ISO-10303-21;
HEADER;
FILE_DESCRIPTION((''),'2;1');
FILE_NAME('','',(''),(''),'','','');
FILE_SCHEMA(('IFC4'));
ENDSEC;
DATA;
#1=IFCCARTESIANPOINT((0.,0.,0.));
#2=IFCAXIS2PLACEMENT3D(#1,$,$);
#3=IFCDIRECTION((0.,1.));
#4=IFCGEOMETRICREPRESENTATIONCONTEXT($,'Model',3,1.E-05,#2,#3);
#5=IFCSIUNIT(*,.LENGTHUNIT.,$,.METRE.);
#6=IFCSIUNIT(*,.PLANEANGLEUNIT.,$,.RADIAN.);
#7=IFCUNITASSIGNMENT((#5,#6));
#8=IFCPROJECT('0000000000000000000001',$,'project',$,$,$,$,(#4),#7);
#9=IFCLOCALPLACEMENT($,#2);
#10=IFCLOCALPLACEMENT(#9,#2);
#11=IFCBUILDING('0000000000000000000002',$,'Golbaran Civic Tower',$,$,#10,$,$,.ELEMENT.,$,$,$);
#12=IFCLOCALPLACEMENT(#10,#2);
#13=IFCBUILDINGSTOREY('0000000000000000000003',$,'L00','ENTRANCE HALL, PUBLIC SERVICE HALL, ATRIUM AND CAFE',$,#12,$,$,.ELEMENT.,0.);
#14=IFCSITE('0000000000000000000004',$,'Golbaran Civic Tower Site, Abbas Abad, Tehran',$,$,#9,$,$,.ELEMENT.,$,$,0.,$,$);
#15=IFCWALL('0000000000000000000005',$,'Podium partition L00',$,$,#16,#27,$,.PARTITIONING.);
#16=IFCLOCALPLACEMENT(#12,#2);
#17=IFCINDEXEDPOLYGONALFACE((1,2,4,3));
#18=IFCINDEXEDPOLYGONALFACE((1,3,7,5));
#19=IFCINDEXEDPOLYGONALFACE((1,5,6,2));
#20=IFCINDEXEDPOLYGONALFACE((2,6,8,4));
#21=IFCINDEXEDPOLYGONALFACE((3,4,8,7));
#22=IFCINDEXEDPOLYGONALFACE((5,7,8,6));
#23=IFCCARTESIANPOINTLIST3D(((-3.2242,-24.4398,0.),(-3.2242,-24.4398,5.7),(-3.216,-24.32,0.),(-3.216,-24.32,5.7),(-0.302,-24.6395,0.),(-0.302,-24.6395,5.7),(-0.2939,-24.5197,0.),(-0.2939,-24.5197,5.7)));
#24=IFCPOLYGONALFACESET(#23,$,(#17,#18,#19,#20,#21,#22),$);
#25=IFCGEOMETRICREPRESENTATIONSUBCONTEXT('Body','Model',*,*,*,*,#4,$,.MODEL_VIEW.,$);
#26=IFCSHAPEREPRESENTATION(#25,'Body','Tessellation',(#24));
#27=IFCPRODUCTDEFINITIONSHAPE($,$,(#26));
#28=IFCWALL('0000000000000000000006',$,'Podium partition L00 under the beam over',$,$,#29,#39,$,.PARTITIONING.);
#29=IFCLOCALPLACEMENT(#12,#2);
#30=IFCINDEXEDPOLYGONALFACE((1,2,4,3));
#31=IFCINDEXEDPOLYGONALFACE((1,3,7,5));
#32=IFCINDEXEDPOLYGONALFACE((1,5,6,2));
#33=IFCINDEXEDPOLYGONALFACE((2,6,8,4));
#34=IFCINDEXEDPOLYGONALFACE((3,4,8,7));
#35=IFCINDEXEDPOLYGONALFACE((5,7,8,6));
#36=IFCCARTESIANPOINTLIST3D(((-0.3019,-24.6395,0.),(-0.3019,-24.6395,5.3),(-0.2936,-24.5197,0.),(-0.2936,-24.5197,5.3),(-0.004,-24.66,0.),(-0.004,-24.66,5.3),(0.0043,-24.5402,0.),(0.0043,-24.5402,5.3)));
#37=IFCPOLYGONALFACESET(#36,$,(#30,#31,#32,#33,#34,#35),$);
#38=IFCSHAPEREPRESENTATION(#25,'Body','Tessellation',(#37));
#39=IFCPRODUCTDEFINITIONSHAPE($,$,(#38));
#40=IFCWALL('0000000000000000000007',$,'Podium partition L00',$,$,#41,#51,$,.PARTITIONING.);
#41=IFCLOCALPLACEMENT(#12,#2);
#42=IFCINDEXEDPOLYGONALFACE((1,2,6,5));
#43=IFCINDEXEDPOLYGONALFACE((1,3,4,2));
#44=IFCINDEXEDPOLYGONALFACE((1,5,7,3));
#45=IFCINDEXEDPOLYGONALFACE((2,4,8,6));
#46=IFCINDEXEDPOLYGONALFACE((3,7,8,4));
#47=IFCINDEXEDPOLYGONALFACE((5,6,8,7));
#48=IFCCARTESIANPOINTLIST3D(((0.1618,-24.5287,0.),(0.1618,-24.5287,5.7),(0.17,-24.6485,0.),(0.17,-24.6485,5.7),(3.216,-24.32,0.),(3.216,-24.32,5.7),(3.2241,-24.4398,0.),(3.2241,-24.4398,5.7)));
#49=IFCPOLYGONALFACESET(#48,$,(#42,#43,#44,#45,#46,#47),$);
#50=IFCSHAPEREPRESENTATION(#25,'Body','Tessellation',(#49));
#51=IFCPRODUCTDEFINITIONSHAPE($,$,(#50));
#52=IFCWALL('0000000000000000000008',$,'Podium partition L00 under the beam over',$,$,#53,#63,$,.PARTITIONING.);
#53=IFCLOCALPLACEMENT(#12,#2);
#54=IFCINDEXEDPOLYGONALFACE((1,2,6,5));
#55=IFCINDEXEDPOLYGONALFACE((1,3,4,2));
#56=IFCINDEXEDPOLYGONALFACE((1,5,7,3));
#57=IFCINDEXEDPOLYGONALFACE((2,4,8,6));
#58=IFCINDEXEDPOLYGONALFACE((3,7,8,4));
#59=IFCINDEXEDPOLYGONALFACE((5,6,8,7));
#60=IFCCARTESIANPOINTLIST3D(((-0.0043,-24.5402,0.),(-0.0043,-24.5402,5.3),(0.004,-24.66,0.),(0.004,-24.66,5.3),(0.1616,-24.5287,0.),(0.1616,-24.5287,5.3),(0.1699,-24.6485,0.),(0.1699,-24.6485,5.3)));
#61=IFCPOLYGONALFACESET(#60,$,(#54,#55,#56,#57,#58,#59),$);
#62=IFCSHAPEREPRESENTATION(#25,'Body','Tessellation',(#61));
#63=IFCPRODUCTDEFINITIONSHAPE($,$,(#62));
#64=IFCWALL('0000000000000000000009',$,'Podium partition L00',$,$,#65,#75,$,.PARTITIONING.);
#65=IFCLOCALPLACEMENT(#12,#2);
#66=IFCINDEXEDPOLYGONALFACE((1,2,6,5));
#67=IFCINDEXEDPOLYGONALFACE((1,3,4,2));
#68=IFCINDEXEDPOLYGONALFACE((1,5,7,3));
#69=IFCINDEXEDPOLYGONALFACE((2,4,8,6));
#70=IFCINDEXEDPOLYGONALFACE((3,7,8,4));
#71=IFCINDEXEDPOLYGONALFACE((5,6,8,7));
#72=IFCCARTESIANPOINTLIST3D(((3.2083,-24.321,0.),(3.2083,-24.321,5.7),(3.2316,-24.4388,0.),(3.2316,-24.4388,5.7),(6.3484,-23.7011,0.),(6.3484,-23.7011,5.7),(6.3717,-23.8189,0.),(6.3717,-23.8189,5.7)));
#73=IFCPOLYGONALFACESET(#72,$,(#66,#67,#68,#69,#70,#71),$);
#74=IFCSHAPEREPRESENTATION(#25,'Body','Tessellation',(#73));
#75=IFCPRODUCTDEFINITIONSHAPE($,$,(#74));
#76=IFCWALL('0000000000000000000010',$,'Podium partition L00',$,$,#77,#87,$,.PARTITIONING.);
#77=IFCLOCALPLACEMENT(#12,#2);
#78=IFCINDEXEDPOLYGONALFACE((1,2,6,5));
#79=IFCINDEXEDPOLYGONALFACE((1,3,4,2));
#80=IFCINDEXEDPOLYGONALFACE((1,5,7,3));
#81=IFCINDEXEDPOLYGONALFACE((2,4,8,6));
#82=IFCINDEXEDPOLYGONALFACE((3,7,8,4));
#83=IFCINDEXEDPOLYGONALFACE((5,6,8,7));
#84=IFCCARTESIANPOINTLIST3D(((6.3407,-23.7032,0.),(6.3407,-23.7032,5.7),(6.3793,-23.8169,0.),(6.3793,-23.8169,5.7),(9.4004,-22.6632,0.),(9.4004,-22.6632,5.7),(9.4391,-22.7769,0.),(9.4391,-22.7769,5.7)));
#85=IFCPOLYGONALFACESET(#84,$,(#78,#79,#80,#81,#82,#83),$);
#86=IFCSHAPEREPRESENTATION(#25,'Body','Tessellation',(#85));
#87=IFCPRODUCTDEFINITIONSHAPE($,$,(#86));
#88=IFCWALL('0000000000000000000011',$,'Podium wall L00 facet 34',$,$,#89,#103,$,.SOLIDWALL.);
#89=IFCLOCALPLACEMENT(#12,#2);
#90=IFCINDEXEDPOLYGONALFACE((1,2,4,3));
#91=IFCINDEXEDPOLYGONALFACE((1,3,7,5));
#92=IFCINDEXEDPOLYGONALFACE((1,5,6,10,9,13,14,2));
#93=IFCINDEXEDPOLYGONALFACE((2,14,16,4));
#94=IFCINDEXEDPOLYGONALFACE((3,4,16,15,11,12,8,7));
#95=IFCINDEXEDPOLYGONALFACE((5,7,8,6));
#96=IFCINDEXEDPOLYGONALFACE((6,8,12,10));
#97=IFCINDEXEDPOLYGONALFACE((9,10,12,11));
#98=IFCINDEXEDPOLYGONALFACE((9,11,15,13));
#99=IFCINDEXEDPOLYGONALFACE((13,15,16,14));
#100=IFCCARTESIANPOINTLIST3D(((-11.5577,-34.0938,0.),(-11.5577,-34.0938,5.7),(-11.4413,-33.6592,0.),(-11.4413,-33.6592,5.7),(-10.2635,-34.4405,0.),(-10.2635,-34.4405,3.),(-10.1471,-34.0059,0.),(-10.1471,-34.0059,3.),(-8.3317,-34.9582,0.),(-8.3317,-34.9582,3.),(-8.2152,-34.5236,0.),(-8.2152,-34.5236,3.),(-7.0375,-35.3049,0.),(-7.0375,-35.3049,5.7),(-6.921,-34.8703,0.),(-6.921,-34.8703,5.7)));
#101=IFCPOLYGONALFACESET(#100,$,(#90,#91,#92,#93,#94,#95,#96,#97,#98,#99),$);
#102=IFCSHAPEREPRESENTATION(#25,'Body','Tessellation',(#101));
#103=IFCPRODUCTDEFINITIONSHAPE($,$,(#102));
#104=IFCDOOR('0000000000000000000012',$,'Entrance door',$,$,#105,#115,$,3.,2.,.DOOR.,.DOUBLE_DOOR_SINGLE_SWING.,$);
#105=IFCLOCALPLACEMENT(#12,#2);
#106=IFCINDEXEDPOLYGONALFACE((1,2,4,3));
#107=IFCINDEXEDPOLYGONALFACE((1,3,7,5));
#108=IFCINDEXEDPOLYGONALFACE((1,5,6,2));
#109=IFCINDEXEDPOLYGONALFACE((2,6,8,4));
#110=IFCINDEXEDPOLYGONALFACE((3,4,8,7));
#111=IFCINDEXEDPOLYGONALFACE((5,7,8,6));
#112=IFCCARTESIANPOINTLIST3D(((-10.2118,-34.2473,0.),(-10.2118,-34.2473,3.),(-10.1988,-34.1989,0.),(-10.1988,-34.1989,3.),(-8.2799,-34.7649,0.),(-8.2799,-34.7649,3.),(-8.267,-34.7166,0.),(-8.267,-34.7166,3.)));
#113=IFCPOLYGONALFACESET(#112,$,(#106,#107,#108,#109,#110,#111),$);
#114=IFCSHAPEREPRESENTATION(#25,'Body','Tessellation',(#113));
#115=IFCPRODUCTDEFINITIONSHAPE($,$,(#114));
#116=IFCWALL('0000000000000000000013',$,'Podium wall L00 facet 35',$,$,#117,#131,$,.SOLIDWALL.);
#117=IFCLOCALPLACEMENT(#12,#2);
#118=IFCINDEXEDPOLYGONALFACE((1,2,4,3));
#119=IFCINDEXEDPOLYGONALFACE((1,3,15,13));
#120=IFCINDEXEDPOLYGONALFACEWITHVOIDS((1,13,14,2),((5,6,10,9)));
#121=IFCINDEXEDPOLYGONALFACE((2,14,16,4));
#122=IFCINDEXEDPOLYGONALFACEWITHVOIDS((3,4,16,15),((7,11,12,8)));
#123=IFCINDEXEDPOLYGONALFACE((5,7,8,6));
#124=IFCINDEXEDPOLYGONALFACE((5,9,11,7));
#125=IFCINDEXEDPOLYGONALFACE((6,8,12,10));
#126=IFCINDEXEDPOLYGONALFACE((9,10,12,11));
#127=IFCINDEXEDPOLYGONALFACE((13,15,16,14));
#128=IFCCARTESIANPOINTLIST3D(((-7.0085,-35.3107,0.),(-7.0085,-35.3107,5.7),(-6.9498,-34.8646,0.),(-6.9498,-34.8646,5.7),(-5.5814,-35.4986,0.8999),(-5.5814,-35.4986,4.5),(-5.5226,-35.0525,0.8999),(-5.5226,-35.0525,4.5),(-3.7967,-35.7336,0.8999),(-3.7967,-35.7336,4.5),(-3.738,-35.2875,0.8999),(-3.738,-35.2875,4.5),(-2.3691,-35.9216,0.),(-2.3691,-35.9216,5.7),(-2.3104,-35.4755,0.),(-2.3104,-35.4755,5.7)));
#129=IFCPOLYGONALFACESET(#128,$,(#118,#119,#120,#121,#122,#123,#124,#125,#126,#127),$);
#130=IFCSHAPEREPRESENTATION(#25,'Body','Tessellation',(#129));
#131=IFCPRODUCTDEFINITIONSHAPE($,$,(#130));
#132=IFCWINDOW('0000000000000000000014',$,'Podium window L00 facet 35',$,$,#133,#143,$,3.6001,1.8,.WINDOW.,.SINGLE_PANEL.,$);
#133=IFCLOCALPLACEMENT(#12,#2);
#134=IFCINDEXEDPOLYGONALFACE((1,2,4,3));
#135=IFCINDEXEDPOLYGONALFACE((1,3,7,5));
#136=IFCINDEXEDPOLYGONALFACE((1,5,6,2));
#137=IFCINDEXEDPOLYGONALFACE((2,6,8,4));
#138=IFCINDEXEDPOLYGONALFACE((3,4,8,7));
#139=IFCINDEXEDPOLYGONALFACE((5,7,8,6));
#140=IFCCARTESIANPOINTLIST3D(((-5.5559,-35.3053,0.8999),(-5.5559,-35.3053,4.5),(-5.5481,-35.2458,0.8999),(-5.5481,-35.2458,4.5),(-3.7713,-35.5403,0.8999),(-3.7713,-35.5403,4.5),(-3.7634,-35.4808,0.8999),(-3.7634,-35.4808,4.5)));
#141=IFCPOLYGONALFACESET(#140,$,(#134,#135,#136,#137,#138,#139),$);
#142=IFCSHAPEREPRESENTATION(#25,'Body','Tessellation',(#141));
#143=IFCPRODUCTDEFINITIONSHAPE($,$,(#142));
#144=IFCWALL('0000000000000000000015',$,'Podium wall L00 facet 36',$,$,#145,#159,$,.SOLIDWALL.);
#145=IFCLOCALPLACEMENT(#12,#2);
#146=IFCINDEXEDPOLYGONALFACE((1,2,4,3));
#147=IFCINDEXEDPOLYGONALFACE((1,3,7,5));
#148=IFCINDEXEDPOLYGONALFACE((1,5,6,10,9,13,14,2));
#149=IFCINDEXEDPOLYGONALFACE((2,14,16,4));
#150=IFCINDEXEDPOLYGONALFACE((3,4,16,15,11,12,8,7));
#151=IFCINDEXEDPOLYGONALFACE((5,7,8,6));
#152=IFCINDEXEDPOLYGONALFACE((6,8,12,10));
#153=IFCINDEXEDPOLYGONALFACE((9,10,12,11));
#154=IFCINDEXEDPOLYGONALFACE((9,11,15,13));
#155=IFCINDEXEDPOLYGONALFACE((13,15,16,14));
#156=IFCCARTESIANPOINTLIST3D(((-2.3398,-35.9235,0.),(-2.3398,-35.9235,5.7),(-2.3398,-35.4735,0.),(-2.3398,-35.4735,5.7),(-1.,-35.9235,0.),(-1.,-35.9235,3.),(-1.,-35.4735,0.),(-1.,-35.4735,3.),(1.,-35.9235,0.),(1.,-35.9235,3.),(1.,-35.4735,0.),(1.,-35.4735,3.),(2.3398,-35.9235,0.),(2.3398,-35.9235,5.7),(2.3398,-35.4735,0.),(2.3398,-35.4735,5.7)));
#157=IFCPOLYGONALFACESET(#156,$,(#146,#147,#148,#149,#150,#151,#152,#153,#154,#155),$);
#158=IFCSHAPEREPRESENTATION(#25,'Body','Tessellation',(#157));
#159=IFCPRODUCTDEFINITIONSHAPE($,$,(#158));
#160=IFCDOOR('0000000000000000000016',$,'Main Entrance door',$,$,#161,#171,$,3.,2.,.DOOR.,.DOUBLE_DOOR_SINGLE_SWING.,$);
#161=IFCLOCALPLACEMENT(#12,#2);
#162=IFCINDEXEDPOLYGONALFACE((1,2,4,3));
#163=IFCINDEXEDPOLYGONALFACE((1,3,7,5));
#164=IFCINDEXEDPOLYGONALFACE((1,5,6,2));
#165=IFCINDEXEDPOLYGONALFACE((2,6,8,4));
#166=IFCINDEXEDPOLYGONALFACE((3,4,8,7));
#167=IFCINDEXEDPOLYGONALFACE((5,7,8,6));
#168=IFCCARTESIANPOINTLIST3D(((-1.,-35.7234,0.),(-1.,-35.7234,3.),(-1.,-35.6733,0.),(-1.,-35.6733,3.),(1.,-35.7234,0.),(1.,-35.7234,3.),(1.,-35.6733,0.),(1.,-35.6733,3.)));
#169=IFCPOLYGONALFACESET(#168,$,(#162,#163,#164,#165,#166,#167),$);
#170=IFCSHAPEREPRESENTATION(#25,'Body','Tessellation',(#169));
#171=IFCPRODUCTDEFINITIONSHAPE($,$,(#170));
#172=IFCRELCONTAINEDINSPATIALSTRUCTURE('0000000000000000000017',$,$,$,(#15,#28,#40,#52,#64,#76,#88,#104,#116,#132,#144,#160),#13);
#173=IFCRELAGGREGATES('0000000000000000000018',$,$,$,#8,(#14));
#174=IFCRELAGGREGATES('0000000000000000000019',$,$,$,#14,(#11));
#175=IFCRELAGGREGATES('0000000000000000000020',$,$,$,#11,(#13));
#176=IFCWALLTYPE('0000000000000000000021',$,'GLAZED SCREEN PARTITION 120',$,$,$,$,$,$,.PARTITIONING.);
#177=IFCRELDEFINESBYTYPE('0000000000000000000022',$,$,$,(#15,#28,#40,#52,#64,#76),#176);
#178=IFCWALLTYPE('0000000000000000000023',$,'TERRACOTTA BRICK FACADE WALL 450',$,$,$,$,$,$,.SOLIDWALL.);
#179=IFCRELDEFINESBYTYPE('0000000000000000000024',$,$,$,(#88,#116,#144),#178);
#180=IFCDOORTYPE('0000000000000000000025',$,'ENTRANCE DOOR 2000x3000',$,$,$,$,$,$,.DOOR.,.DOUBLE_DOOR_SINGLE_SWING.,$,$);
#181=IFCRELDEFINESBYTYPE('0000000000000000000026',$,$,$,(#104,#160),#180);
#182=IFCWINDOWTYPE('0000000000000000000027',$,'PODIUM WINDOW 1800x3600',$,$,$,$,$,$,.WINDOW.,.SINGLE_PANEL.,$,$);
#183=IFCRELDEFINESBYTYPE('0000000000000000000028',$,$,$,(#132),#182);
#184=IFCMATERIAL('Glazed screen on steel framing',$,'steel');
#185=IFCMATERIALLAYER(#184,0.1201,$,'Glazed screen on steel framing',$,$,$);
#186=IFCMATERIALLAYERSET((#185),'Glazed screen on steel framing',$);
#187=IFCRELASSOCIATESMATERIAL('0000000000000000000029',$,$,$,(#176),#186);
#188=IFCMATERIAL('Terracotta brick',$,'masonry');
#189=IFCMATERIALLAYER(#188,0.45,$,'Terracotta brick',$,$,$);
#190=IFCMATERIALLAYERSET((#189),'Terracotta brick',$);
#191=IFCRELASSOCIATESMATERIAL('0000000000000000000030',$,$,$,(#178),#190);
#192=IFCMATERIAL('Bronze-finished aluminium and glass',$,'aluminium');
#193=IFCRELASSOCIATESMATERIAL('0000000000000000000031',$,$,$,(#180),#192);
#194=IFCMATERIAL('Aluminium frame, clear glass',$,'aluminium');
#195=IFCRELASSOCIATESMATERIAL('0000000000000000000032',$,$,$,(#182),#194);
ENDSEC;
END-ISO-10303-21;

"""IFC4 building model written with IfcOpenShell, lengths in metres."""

from ifc_helpers import new_model, si_unit, direction, frame, frame_2d, origin, place, context, subcontext, project, spatial, rectangle, extrude, material, layer, layer_set, type_object, element, fill, save


model = new_model("IFC4")

# Units and contexts
model_context = context("Model", 3, precision=1e-05, world=origin(), true_north=direction((0.0, 1.0)))
body_context = subcontext(model_context, "Body", "Model", "MODEL_VIEW")
ifc_project = project(units=[si_unit("LENGTHUNIT", "METRE"), si_unit("PLANEANGLEUNIT", "RADIAN")], contexts=[model_context])

# Site, building, storey
site_placement = place(None, origin())
site = spatial("IfcSite", under=ifc_project, at=site_placement, Name="Golbaran Civic Tower Site, Abbas Abad, Tehran", CompositionType="ELEMENT", RefElevation=0.0)
building_placement = place(site_placement, origin())
building = spatial("IfcBuilding", under=site, at=building_placement, Name="Golbaran Civic Tower", CompositionType="ELEMENT")
storey_placement = place(building_placement, origin())
storey = spatial("IfcBuildingStorey", under=building, at=storey_placement, Name="L00", Description="ENTRANCE HALL, PUBLIC SERVICE HALL, ATRIUM AND CAFE", CompositionType="ELEMENT", Elevation=0.0)

# Shared definitions
ifc_material_1 = material(Name="Glazed screen on steel framing", Category="steel")
ifc_layer_1 = layer(ifc_material_1, 0.1201, Name="Glazed screen on steel framing")
ifc_layer_set_1 = layer_set([ifc_layer_1], Name="Glazed screen on steel framing")
wall_type_1 = type_object("IfcWallType", Name="GLAZED SCREEN PARTITION 120", PredefinedType="PARTITIONING", material=ifc_layer_set_1)

# Walls
wall_1_placement = place(storey_placement, frame((-3.22, -24.3799, 0.0), z_axis=(0.0, 0.0, 1.0), x_axis=(0.997673, -0.068184, 0.0)))
element("IfcWall", 1, at=wall_1_placement, inside=storey, type_object=wall_type_1, Name="Podium partition L00", PredefinedType="PARTITIONING", context=body_context, shape_type="SweptSolid", body=[
    extrude(rectangle(XDim=2.929, YDim=0.1201, at=frame_2d((1.4644, 0.0))), origin(), (0.0, 0.0, 1.0), 5.7),
])
wall_2_placement = place(storey_placement, frame((-0.2979, -24.5796, 0.0), z_axis=(0.0, 0.0, 1.0), x_axis=(0.997638, -0.06869, 0.0)))
element("IfcWall", 2, at=wall_2_placement, inside=storey, type_object=wall_type_1, Name="Podium partition L00 under the beam over", PredefinedType="PARTITIONING", context=body_context, shape_type="SweptSolid", body=[
    extrude(rectangle(XDim=0.2986, YDim=0.1201, at=frame_2d((0.1494, 0.0))), origin(), (0.0, 0.0, 1.0), 5.3),
])
wall_3_placement = place(storey_placement, frame((0.1658, -24.5886, 0.0), z_axis=(0.0, 0.0, 1.0), x_axis=(0.997673, 0.068186, 0.0)))
element("IfcWall", 3, at=wall_3_placement, inside=storey, type_object=wall_type_1, Name="Podium partition L00", PredefinedType="PARTITIONING", context=body_context, shape_type="SweptSolid", body=[
    extrude(rectangle(XDim=3.0613, YDim=0.1201, at=frame_2d((1.5308, 0.0))), origin(), (0.0, 0.0, 1.0), 5.7),
])
wall_4_placement = place(storey_placement, frame((0.0, -24.6001, 0.0), z_axis=(0.0, 0.0, 1.0), x_axis=(0.997613, 0.069054, 0.0)))
element("IfcWall", 4, at=wall_4_placement, inside=storey, type_object=wall_type_1, Name="Podium partition L00 under the beam over", PredefinedType="PARTITIONING", context=body_context, shape_type="SweptSolid", body=[
    extrude(rectangle(XDim=0.1663, YDim=0.1201, at=frame_2d((0.083, 0.0))), origin(), (0.0, 0.0, 1.0), 5.3),
])
wall_5_placement = place(storey_placement, frame((3.22, -24.3799, 0.0), z_axis=(0.0, 0.0, 1.0), x_axis=(0.981068, 0.193666, 0.0)))
element("IfcWall", 5, at=wall_5_placement, inside=storey, type_object=wall_type_1, Name="Podium partition L00", PredefinedType="PARTITIONING", context=body_context, shape_type="SweptSolid", body=[
    extrude(rectangle(XDim=3.2007, YDim=0.1201, at=frame_2d((1.6003, 0.0))), origin(), (0.0, 0.0, 1.0), 5.7),
])
wall_6_placement = place(storey_placement, frame((6.3601, -23.76, 0.0), z_axis=(0.0, 0.0, 1.0), x_axis=(0.946801, 0.32182, 0.0)))
element("IfcWall", 6, at=wall_6_placement, inside=storey, type_object=wall_type_1, Name="Podium partition L00", PredefinedType="PARTITIONING", context=body_context, shape_type="SweptSolid", body=[
    extrude(rectangle(XDim=3.2317, YDim=0.1201, at=frame_2d((1.6157, 0.0))), origin(), (0.0, 0.0, 1.0), 5.7),
])

# Wall, opening, door
ifc_material_2 = material(Name="Terracotta brick", Category="masonry")
ifc_layer_2 = layer(ifc_material_2, 0.45, Name="Terracotta brick")
ifc_layer_set_2 = layer_set([ifc_layer_2], Name="Terracotta brick")
wall_type_2 = type_object("IfcWallType", Name="TERRACOTTA BRICK FACADE WALL 450", PredefinedType="SOLIDWALL", material=ifc_layer_set_2)
wall_7_placement = place(storey_placement, frame((-11.4995, -33.8765, 0.0), z_axis=(0.0, 0.0, 1.0), x_axis=(0.965927, -0.258815, 0.0)))
wall_7 = element("IfcWall", 7, at=wall_7_placement, inside=storey, type_object=wall_type_2, Name="Podium wall L00 facet 34", PredefinedType="SOLIDWALL", context=body_context, shape_type="SweptSolid", body=[
    extrude(rectangle(XDim=4.6797, YDim=0.45, at=frame_2d((2.3398, 0.0))), origin(), (0.0, 0.0, 1.0), 5.7),
])
opening_1_placement = place(wall_7_placement, frame((1.3398, 0.0, 0.0)))
opening_1 = element("IfcOpeningElement", 8, at=opening_1_placement, cuts=wall_7, PredefinedType="OPENING", context=body_context, shape_type="SweptSolid", body=[
    extrude(rectangle(XDim=2.0, YDim=3.0, at=frame_2d((1.0, 1.5))), frame((0.0, 0.2349, 0.0), z_axis=(0.0, -1.0, 0.0), x_axis=(1.0, 0.0, 0.0)), (0.0, 0.0, 1.0), 0.47),
])
ifc_material_3 = material(Name="Bronze-finished aluminium and glass", Category="aluminium")
door_type_1 = type_object("IfcDoorType", Name="ENTRANCE DOOR 2000x3000", OperationType="DOUBLE_DOOR_SINGLE_SWING", PredefinedType="DOOR", material=ifc_material_3)
door_1_placement = place(opening_1_placement, frame((2.0, 0.0, 0.0), z_axis=(0.0, 0.0, 1.0), x_axis=(-1.0, 0.0, 0.0)))
door_1 = element("IfcDoor", 9, at=door_1_placement, inside=storey, type_object=door_type_1, Name="Entrance door", OperationType="DOUBLE_DOOR_SINGLE_SWING", OverallHeight=3.0, OverallWidth=2.0, PredefinedType="DOOR", context=body_context, shape_type="SweptSolid", body=[
    extrude(rectangle(XDim=2.0, YDim=3.0, at=frame_2d((1.0, 1.5))), frame((0.0, 0.0249, 0.0), z_axis=(0.0, -1.0, 0.0), x_axis=(1.0, 0.0, 0.0)), (0.0, 0.0, 1.0), 0.05),
])
fill(opening_1, door_1)

# Wall, opening, window
wall_8_placement = place(storey_placement, frame((-6.9792, -35.0876, 0.0), z_axis=(0.0, 0.0, 1.0), x_axis=(0.991443, -0.130537, 0.0)))
wall_8 = element("IfcWall", 10, at=wall_8_placement, inside=storey, type_object=wall_type_2, Name="Podium wall L00 facet 35", PredefinedType="SOLIDWALL", context=body_context, shape_type="SweptSolid", body=[
    extrude(rectangle(XDim=4.6794, YDim=0.45, at=frame_2d((2.3398, 0.0))), origin(), (0.0, 0.0, 1.0), 5.7),
])
opening_2_placement = place(wall_8_placement, frame((1.4397, 0.0, 0.8999)))
opening_2 = element("IfcOpeningElement", 11, at=opening_2_placement, cuts=wall_8, PredefinedType="OPENING", context=body_context, shape_type="SweptSolid", body=[
    extrude(rectangle(XDim=1.8, YDim=3.6001, at=frame_2d((0.8999, 1.8))), frame((0.0, 0.2349, 0.0), z_axis=(0.0, -1.0, 0.0), x_axis=(1.0, 0.0, 0.0)), (0.0, 0.0, 1.0), 0.47),
])
ifc_material_4 = material(Name="Aluminium frame, clear glass", Category="aluminium")
window_type = type_object("IfcWindowType", Name="PODIUM WINDOW 1800x3600", PartitioningType="SINGLE_PANEL", PredefinedType="WINDOW", material=ifc_material_4)
window_1_placement = place(opening_2_placement, origin())
window_1 = element("IfcWindow", 12, at=window_1_placement, inside=storey, type_object=window_type, Name="Podium window L00 facet 35", OverallHeight=3.6001, OverallWidth=1.8, PartitioningType="SINGLE_PANEL", PredefinedType="WINDOW", context=body_context, shape_type="SweptSolid", body=[
    extrude(rectangle(XDim=1.8, YDim=3.6001, at=frame_2d((0.8999, 1.8))), frame((0.0, 0.03, 0.0), z_axis=(0.0, -1.0, 0.0), x_axis=(1.0, 0.0, 0.0)), (0.0, 0.0, 1.0), 0.0601),
])
fill(opening_2, window_1)

# Wall, opening, door
wall_9_placement = place(storey_placement, frame((-2.3398, -35.6985, 0.0), z_axis=(0.0, 0.0, 1.0), x_axis=(1.0, 0.0, 0.0)))
wall_9 = element("IfcWall", 13, at=wall_9_placement, inside=storey, type_object=wall_type_2, Name="Podium wall L00 facet 36", PredefinedType="SOLIDWALL", context=body_context, shape_type="SweptSolid", body=[
    extrude(rectangle(XDim=4.6797, YDim=0.45, at=frame_2d((2.3398, 0.0))), origin(), (0.0, 0.0, 1.0), 5.7),
])
opening_3_placement = place(wall_9_placement, frame((1.3398, 0.0, 0.0)))
opening_3 = element("IfcOpeningElement", 14, at=opening_3_placement, cuts=wall_9, PredefinedType="OPENING", context=body_context, shape_type="SweptSolid", body=[
    extrude(rectangle(XDim=2.0, YDim=3.0, at=frame_2d((1.0, 1.5))), frame((0.0, 0.2349, 0.0), z_axis=(0.0, -1.0, 0.0), x_axis=(1.0, 0.0, 0.0)), (0.0, 0.0, 1.0), 0.47),
])
door_2_placement = place(opening_3_placement, frame((2.0, 0.0, 0.0), z_axis=(0.0, 0.0, 1.0), x_axis=(-1.0, 0.0, 0.0)))
door_2 = element("IfcDoor", 15, at=door_2_placement, inside=storey, type_object=door_type_1, Name="Main Entrance door", OperationType="DOUBLE_DOOR_SINGLE_SWING", OverallHeight=3.0, OverallWidth=2.0, PredefinedType="DOOR", context=body_context, shape_type="SweptSolid", body=[
    extrude(rectangle(XDim=2.0, YDim=3.0, at=frame_2d((1.0, 1.5))), frame((0.0, 0.0249, 0.0), z_axis=(0.0, -1.0, 0.0), x_axis=(1.0, 0.0, 0.0)), (0.0, 0.0, 1.0), 0.05),
])
fill(opening_3, door_2)

save(model, "model.ifc")
